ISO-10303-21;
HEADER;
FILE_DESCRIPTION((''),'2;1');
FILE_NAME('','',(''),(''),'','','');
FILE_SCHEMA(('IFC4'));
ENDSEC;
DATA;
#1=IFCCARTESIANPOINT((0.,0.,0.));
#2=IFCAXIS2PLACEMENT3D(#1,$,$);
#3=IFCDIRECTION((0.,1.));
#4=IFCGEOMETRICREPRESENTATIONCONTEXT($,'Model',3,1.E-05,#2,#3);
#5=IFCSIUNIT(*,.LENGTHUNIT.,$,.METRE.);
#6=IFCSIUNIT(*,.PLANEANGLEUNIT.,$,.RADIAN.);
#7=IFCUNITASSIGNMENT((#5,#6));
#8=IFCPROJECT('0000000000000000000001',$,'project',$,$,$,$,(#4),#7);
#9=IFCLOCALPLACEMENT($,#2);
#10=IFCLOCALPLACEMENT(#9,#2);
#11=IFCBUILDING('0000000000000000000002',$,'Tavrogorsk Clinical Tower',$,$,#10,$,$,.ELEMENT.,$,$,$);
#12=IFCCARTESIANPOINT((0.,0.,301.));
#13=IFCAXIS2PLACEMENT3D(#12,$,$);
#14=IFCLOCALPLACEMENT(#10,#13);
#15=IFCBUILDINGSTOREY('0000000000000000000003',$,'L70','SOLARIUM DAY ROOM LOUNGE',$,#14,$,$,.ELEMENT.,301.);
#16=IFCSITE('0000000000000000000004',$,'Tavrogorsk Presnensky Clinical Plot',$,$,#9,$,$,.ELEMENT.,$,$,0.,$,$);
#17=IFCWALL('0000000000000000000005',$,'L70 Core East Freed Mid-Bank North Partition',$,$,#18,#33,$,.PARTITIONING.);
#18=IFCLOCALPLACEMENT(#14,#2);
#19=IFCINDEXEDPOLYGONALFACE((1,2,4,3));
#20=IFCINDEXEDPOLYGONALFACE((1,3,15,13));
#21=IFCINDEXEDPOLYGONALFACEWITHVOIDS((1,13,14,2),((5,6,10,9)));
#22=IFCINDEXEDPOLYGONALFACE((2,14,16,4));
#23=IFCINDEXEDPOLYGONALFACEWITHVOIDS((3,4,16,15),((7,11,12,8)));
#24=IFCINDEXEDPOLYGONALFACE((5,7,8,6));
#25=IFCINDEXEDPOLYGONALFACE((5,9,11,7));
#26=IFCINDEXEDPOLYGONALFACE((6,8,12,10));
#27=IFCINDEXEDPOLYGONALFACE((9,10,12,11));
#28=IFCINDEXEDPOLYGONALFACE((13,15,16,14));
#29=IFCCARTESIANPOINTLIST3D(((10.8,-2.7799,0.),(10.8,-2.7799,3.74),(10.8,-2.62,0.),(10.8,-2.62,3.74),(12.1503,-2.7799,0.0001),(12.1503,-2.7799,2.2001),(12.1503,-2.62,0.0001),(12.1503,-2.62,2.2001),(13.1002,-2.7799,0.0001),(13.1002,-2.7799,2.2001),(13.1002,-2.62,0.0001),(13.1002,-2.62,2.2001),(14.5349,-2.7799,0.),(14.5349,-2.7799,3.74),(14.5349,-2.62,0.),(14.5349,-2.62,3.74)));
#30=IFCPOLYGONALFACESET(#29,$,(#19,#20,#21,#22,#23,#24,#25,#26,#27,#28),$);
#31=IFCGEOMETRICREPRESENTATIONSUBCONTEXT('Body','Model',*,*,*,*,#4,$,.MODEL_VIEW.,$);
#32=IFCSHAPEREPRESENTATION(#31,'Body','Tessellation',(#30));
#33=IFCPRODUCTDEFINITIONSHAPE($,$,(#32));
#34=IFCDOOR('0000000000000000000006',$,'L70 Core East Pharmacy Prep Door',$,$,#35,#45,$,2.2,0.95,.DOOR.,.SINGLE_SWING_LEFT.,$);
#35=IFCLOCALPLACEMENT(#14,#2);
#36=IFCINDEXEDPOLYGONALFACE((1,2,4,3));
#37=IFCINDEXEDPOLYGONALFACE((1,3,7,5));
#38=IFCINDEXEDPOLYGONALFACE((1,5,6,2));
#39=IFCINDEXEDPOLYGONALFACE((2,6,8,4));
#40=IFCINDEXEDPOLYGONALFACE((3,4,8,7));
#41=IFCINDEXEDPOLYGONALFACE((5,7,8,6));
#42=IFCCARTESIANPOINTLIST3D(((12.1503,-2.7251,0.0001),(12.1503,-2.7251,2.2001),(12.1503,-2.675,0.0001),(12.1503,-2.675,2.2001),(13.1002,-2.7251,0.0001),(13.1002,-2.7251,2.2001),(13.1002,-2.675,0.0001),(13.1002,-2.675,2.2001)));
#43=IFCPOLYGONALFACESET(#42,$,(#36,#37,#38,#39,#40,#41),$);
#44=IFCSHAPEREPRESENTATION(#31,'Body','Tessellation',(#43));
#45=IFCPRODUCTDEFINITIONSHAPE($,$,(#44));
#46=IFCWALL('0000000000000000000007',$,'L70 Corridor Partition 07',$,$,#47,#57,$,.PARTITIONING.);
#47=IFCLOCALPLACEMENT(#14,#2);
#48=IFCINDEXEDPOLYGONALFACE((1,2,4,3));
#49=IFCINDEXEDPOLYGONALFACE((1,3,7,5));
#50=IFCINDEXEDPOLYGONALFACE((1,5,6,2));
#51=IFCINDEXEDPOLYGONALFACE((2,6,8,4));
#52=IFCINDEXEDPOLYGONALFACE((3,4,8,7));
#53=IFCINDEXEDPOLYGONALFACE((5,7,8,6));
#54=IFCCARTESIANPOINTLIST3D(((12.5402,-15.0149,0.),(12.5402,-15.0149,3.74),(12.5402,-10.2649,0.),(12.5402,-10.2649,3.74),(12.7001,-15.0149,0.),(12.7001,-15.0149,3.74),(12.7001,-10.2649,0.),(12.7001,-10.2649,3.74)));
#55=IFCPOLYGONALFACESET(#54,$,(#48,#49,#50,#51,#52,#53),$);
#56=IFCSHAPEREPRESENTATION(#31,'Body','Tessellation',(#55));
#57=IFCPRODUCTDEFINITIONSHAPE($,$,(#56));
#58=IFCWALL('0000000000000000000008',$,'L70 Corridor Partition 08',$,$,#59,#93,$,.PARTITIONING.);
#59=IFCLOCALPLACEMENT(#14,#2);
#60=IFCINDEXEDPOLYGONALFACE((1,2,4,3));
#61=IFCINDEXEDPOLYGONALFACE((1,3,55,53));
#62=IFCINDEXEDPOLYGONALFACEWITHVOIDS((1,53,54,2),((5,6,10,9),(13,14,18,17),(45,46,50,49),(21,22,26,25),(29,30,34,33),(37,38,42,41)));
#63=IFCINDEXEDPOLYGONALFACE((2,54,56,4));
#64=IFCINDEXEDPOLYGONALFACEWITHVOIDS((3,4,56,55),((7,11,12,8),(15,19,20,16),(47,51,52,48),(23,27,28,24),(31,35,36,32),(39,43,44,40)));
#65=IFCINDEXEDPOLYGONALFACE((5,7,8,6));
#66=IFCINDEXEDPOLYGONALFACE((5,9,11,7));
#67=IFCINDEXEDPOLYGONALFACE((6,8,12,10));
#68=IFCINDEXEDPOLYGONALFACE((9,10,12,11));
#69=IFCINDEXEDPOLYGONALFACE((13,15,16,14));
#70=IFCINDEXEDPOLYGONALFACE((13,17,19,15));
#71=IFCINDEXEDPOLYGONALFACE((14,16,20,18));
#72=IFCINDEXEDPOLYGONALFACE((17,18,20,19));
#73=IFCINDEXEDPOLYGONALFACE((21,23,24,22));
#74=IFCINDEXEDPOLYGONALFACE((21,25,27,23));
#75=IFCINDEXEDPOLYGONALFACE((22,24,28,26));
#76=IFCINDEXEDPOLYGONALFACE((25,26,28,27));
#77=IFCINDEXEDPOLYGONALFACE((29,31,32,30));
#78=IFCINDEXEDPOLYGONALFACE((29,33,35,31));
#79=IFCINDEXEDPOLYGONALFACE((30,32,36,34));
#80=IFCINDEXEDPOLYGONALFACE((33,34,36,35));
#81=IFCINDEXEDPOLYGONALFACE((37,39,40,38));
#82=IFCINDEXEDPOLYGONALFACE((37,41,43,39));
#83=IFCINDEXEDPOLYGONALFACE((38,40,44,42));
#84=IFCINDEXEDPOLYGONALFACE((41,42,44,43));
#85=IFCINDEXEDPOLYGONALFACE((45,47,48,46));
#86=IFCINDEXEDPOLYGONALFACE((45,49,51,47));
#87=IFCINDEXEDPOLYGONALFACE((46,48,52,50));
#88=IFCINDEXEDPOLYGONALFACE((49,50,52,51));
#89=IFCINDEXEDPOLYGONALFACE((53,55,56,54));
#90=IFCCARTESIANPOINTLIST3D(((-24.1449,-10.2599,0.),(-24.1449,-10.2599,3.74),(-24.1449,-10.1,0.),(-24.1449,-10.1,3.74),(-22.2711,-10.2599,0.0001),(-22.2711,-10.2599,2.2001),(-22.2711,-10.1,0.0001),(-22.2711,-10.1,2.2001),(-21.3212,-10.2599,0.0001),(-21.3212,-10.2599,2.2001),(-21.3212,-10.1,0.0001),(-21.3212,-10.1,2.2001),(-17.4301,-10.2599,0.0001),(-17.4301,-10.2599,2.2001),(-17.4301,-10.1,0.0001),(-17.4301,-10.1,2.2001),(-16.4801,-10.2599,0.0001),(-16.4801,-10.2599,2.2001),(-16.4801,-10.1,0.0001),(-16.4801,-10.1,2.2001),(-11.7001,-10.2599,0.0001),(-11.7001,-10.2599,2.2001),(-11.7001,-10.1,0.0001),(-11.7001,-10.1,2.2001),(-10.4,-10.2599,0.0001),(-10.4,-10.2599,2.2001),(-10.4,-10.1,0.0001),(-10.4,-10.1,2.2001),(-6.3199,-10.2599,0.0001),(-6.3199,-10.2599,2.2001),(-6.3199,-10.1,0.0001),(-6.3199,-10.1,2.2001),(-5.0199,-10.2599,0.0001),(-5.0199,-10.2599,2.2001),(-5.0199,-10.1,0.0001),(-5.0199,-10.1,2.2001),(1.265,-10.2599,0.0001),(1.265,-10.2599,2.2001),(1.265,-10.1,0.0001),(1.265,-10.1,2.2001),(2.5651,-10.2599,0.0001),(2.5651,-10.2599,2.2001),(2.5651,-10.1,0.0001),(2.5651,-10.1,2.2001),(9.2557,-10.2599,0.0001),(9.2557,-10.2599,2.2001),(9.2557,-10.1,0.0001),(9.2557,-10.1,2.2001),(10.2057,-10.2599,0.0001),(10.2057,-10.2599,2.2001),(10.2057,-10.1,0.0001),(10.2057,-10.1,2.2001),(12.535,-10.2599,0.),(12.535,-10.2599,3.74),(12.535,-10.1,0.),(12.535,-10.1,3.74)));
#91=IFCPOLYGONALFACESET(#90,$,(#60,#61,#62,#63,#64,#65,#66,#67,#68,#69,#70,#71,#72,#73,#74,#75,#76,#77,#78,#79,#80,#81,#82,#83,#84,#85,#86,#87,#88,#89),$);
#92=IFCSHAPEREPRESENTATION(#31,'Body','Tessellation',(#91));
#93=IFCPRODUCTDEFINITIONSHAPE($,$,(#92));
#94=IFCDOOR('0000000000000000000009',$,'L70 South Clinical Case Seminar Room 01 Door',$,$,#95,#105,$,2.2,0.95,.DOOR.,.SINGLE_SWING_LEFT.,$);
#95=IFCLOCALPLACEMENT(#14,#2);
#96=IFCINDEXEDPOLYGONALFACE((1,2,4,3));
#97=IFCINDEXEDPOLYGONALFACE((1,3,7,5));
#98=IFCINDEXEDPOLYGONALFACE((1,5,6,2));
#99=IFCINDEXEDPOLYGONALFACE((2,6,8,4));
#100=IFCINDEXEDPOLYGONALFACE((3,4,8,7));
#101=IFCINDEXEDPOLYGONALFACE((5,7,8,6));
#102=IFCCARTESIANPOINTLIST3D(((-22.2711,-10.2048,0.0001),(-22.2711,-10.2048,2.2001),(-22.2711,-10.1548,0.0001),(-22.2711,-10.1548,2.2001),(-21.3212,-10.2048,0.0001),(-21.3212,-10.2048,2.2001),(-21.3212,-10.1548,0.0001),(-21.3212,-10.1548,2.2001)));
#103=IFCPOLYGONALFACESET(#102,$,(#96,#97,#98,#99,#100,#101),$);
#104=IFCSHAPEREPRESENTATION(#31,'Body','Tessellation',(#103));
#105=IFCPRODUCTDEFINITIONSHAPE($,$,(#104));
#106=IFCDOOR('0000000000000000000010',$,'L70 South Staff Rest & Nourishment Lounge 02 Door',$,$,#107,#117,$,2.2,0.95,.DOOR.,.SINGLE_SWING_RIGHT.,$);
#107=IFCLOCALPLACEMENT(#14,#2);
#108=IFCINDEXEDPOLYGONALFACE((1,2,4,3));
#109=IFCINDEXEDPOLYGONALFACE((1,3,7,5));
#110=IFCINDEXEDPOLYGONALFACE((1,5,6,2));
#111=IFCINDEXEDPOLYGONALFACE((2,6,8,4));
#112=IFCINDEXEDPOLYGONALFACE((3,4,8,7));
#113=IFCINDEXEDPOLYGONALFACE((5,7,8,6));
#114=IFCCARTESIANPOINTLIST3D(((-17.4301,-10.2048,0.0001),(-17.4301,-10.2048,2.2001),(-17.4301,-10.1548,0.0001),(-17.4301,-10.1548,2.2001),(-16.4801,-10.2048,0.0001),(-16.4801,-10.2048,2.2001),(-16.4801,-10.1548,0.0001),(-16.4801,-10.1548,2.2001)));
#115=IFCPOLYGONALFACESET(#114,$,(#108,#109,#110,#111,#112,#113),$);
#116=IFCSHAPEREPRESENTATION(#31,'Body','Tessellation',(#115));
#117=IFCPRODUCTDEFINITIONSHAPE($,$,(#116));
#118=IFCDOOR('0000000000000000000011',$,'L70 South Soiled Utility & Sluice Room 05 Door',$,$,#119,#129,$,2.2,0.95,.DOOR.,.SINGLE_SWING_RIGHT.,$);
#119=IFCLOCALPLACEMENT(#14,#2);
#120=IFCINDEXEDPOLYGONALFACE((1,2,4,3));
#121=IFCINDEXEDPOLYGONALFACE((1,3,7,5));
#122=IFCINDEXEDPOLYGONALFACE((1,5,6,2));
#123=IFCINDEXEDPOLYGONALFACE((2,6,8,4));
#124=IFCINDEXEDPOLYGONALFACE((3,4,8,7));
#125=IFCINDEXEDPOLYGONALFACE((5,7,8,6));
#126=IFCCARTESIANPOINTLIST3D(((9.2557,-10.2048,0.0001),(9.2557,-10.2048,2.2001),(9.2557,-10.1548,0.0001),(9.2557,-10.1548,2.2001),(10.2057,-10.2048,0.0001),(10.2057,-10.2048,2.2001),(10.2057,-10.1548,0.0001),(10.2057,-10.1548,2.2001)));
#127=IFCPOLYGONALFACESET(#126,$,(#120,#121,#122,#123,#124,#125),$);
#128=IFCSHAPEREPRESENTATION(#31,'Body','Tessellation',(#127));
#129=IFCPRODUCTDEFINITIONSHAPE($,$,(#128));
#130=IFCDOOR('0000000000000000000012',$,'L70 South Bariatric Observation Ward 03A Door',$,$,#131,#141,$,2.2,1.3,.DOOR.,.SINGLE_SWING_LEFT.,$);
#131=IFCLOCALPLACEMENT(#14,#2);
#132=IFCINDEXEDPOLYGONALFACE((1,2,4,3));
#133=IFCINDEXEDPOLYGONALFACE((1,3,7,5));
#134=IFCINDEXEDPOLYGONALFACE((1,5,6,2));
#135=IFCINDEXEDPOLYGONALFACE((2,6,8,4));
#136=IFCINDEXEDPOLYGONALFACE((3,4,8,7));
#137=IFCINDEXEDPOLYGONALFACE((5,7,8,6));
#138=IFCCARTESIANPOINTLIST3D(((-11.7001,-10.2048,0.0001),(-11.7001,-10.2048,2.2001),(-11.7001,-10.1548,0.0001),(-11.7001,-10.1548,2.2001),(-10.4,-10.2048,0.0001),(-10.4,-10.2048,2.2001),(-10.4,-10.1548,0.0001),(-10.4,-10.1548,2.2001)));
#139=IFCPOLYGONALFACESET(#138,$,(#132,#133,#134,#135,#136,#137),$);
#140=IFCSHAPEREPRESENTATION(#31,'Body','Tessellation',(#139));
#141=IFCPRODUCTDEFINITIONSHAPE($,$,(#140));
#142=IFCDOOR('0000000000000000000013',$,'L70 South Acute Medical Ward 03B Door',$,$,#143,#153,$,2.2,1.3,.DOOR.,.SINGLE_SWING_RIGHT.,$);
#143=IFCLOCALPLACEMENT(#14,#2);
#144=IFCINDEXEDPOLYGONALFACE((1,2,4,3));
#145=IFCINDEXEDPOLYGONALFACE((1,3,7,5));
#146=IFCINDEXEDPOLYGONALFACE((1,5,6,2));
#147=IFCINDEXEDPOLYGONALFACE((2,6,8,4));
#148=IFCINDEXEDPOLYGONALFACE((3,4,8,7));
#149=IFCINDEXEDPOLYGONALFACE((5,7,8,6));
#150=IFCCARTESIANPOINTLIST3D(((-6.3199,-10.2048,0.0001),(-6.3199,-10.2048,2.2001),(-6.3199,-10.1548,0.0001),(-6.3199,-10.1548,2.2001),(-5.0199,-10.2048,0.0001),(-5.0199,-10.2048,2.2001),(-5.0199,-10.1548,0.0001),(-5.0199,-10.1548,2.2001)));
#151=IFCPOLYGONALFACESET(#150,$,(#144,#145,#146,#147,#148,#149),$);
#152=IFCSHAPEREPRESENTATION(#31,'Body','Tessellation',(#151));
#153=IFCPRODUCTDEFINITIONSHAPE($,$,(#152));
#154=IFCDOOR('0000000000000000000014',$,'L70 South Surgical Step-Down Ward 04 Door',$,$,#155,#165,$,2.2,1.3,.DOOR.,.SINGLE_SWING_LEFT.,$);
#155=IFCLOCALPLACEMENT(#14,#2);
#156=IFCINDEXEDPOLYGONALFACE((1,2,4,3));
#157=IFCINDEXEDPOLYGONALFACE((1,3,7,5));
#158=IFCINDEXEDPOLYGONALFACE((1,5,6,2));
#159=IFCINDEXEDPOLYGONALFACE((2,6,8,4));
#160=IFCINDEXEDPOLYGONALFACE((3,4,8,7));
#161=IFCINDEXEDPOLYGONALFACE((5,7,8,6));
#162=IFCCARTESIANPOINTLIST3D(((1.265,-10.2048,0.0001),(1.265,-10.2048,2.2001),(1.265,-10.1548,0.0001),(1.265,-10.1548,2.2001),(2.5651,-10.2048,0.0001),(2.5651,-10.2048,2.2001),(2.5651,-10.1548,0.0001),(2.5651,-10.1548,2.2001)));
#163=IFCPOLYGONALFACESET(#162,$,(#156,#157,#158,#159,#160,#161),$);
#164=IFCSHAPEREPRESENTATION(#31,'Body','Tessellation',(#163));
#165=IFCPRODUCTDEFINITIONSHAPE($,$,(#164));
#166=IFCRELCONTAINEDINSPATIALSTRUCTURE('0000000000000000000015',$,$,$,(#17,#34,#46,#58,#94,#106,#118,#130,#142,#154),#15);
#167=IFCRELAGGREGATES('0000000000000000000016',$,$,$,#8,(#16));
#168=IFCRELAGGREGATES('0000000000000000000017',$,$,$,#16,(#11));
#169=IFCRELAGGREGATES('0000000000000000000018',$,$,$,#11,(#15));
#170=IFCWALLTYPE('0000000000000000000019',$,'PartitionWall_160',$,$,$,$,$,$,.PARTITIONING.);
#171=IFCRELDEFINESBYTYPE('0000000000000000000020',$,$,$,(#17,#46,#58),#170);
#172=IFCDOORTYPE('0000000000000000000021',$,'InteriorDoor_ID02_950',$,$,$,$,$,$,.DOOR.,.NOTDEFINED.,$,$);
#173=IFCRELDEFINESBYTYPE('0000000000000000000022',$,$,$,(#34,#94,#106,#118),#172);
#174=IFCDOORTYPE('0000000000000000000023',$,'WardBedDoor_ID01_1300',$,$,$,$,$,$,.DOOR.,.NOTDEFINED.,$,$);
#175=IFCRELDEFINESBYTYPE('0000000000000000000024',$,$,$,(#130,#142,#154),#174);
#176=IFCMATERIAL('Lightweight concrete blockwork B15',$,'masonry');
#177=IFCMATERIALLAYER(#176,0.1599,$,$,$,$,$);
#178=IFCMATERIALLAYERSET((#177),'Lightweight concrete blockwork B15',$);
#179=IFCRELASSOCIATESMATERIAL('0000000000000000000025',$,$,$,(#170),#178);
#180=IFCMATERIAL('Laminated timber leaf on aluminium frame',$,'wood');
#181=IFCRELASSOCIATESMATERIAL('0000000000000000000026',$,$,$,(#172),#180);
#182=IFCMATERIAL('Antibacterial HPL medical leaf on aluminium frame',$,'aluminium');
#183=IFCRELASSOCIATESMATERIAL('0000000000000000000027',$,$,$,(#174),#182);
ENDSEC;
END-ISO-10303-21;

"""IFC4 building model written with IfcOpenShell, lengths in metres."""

from ifc_helpers import new_model, si_unit, direction, frame, frame_2d, origin, place, context, subcontext, project, spatial, rectangle, extrude, material, layer, layer_set, type_object, element, fill, save


model = new_model("IFC4")

# Units and contexts
model_context = context("Model", 3, precision=1e-05, world=origin(), true_north=direction((0.0, 1.0)))
body_context = subcontext(model_context, "Body", "Model", "MODEL_VIEW")
ifc_project = project(units=[si_unit("LENGTHUNIT", "METRE"), si_unit("PLANEANGLEUNIT", "RADIAN")], contexts=[model_context])

# Site, building, storey
site_placement = place(None, origin())
site = spatial("IfcSite", under=ifc_project, at=site_placement, Name="Tavrogorsk Presnensky Clinical Plot", CompositionType="ELEMENT", RefElevation=0.0)
building_placement = place(site_placement, origin())
building = spatial("IfcBuilding", under=site, at=building_placement, Name="Tavrogorsk Clinical Tower", CompositionType="ELEMENT")
storey_placement = place(building_placement, frame((0.0, 0.0, 301.0)))
storey = spatial("IfcBuildingStorey", under=building, at=storey_placement, Name="L70", Description="SOLARIUM DAY ROOM LOUNGE", CompositionType="ELEMENT", Elevation=301.0)

# Wall, opening, door
ifc_material_1 = material(Name="Lightweight concrete blockwork B15", Category="masonry")
ifc_layer_1 = layer(ifc_material_1, 0.1599)
ifc_layer_set_1 = layer_set([ifc_layer_1], Name="Lightweight concrete blockwork B15")
wall_type_1 = type_object("IfcWallType", Name="PartitionWall_160", PredefinedType="PARTITIONING", material=ifc_layer_set_1)
wall_1_placement = place(storey_placement, frame((10.8, -2.7, 0.0), z_axis=(0.0, 0.0, 1.0), x_axis=(1.0, 0.0, 0.0)))
wall_1 = element("IfcWall", 1, at=wall_1_placement, inside=storey, type_object=wall_type_1, Name="L70 Core East Freed Mid-Bank North Partition", PredefinedType="PARTITIONING", context=body_context, shape_type="SweptSolid", body=[
    extrude(rectangle(XDim=3.7349, YDim=0.1599, at=frame_2d((1.8674, 0.0))), origin(), (0.0, 0.0, 1.0), 3.74),
])
opening_1_placement = place(wall_1_placement, frame((1.3501, 0.0, 0.0)))
opening_1 = element("IfcOpeningElement", 2, at=opening_1_placement, cuts=wall_1, PredefinedType="OPENING", context=body_context, shape_type="SweptSolid", body=[
    extrude(rectangle(XDim=0.95, YDim=2.2, at=frame_2d((0.4751, 1.1001))), frame((0.0, 0.0898, 0.0), z_axis=(0.0, -1.0, 0.0), x_axis=(1.0, 0.0, 0.0)), (0.0, 0.0, 1.0), 0.1799),
])
ifc_material_2 = material(Name="Laminated timber leaf on aluminium frame", Category="wood")
door_type_1 = type_object("IfcDoorType", Name="InteriorDoor_ID02_950", OperationType="NOTDEFINED", PredefinedType="DOOR", material=ifc_material_2)
door_1_placement = place(opening_1_placement, origin())
door_1 = element("IfcDoor", 3, at=door_1_placement, inside=storey, type_object=door_type_1, Name="L70 Core East Pharmacy Prep Door", OperationType="SINGLE_SWING_LEFT", OverallHeight=2.2, OverallWidth=0.95, PredefinedType="DOOR", context=body_context, shape_type="SweptSolid", body=[
    extrude(rectangle(XDim=0.95, YDim=2.2, at=frame_2d((0.4751, 1.1001))), frame((0.0, 0.0249, 0.0), z_axis=(0.0, -1.0, 0.0), x_axis=(1.0, 0.0, 0.0)), (0.0, 0.0, 1.0), 0.05),
])
fill(opening_1, door_1)

# Wall
wall_2_placement = place(storey_placement, frame((12.6201, -15.0149, 0.0), z_axis=(0.0, 0.0, 1.0), x_axis=(0.0, 1.0, 0.0)))
element("IfcWall", 4, at=wall_2_placement, inside=storey, type_object=wall_type_1, Name="L70 Corridor Partition 07", PredefinedType="PARTITIONING", context=body_context, shape_type="SweptSolid", body=[
    extrude(rectangle(XDim=4.75, YDim=0.1599, at=frame_2d((2.375, 0.0))), origin(), (0.0, 0.0, 1.0), 3.74),
])

# Wall, openings, doors
wall_3_placement = place(storey_placement, frame((12.5349, -10.1799, 0.0), z_axis=(0.0, 0.0, 1.0), x_axis=(-1.0, 0.0, 0.0)))
wall_3 = element("IfcWall", 5, at=wall_3_placement, inside=storey, type_object=wall_type_1, Name="L70 Corridor Partition 08", PredefinedType="PARTITIONING", context=body_context, shape_type="SweptSolid", body=[
    extrude(rectangle(XDim=36.6799, YDim=0.1599, at=frame_2d((18.3398, 0.0))), origin(), (0.0, 0.0, 1.0), 3.74),
])
opening_2_placement = place(wall_3_placement, frame((33.856, 0.0, 0.0)))
opening_2 = element("IfcOpeningElement", 6, at=opening_2_placement, cuts=wall_3, PredefinedType="OPENING", context=body_context, shape_type="SweptSolid", body=[
    extrude(rectangle(XDim=0.95, YDim=2.2, at=frame_2d((0.4751, 1.1001))), frame((0.0, 0.0898, 0.0), z_axis=(0.0, -1.0, 0.0), x_axis=(1.0, 0.0, 0.0)), (0.0, 0.0, 1.0), 0.1799),
])
opening_3_placement = place(wall_3_placement, frame((29.0149, 0.0, 0.0)))
opening_3 = element("IfcOpeningElement", 7, at=opening_3_placement, cuts=wall_3, PredefinedType="OPENING", context=body_context, shape_type="SweptSolid", body=[
    extrude(rectangle(XDim=0.95, YDim=2.2, at=frame_2d((0.4751, 1.1001))), frame((0.0, 0.0898, 0.0), z_axis=(0.0, -1.0, 0.0), x_axis=(1.0, 0.0, 0.0)), (0.0, 0.0, 1.0), 0.1799),
])
opening_4_placement = place(wall_3_placement, frame((22.9351, 0.0, 0.0)))
opening_4 = element("IfcOpeningElement", 8, at=opening_4_placement, cuts=wall_3, PredefinedType="OPENING", context=body_context, shape_type="SweptSolid", body=[
    extrude(rectangle(XDim=1.3, YDim=2.2, at=frame_2d((0.6499, 1.1001))), frame((0.0, 0.0898, 0.0), z_axis=(0.0, -1.0, 0.0), x_axis=(1.0, 0.0, 0.0)), (0.0, 0.0, 1.0), 0.1799),
])
opening_5_placement = place(wall_3_placement, frame((17.5549, 0.0, 0.0)))
opening_5 = element("IfcOpeningElement", 9, at=opening_5_placement, cuts=wall_3, PredefinedType="OPENING", context=body_context, shape_type="SweptSolid", body=[
    extrude(rectangle(XDim=1.3, YDim=2.2, at=frame_2d((0.6499, 1.1001))), frame((0.0, 0.0898, 0.0), z_axis=(0.0, -1.0, 0.0), x_axis=(1.0, 0.0, 0.0)), (0.0, 0.0, 1.0), 0.1799),
])
opening_6_placement = place(wall_3_placement, frame((9.97, 0.0, 0.0)))
opening_6 = element("IfcOpeningElement", 10, at=opening_6_placement, cuts=wall_3, PredefinedType="OPENING", context=body_context, shape_type="SweptSolid", body=[
    extrude(rectangle(XDim=1.3, YDim=2.2, at=frame_2d((0.6499, 1.1001))), frame((0.0, 0.0898, 0.0), z_axis=(0.0, -1.0, 0.0), x_axis=(1.0, 0.0, 0.0)), (0.0, 0.0, 1.0), 0.1799),
])
opening_7_placement = place(wall_3_placement, frame((2.3291, 0.0, 0.0)))
opening_7 = element("IfcOpeningElement", 11, at=opening_7_placement, cuts=wall_3, PredefinedType="OPENING", context=body_context, shape_type="SweptSolid", body=[
    extrude(rectangle(XDim=0.95, YDim=2.2, at=frame_2d((0.4751, 1.1001))), frame((0.0, 0.0898, 0.0), z_axis=(0.0, -1.0, 0.0), x_axis=(1.0, 0.0, 0.0)), (0.0, 0.0, 1.0), 0.1799),
])
door_2_placement = place(opening_2_placement, origin())
door_2 = element("IfcDoor", 12, at=door_2_placement, inside=storey, type_object=door_type_1, Name="L70 South Clinical Case Seminar Room 01 Door", OperationType="SINGLE_SWING_LEFT", OverallHeight=2.2, OverallWidth=0.95, PredefinedType="DOOR", context=body_context, shape_type="SweptSolid", body=[
    extrude(rectangle(XDim=0.95, YDim=2.2, at=frame_2d((0.4751, 1.1001))), frame((0.0, 0.0249, 0.0), z_axis=(0.0, -1.0, 0.0), x_axis=(1.0, 0.0, 0.0)), (0.0, 0.0, 1.0), 0.05),
])
fill(opening_2, door_2)
door_3_placement = place(opening_3_placement, origin())
door_3 = element("IfcDoor", 13, at=door_3_placement, inside=storey, type_object=door_type_1, Name="L70 South Staff Rest & Nourishment Lounge 02 Door", OperationType="SINGLE_SWING_RIGHT", OverallHeight=2.2, OverallWidth=0.95, PredefinedType="DOOR", context=body_context, shape_type="SweptSolid", body=[
    extrude(rectangle(XDim=0.95, YDim=2.2, at=frame_2d((0.4751, 1.1001))), frame((0.0, 0.0249, 0.0), z_axis=(0.0, -1.0, 0.0), x_axis=(1.0, 0.0, 0.0)), (0.0, 0.0, 1.0), 0.05),
])
fill(opening_3, door_3)
door_4_placement = place(opening_7_placement, origin())
door_4 = element("IfcDoor", 14, at=door_4_placement, inside=storey, type_object=door_type_1, Name="L70 South Soiled Utility & Sluice Room 05 Door", OperationType="SINGLE_SWING_RIGHT", OverallHeight=2.2, OverallWidth=0.95, PredefinedType="DOOR", context=body_context, shape_type="SweptSolid", body=[
    extrude(rectangle(XDim=0.95, YDim=2.2, at=frame_2d((0.4751, 1.1001))), frame((0.0, 0.0249, 0.0), z_axis=(0.0, -1.0, 0.0), x_axis=(1.0, 0.0, 0.0)), (0.0, 0.0, 1.0), 0.05),
])
fill(opening_7, door_4)
ifc_material_3 = material(Name="Antibacterial HPL medical leaf on aluminium frame", Category="aluminium")
door_type_2 = type_object("IfcDoorType", Name="WardBedDoor_ID01_1300", OperationType="NOTDEFINED", PredefinedType="DOOR", material=ifc_material_3)
door_5_placement = place(opening_4_placement, origin())
door_5 = element("IfcDoor", 15, at=door_5_placement, inside=storey, type_object=door_type_2, Name="L70 South Bariatric Observation Ward 03A Door", OperationType="SINGLE_SWING_LEFT", OverallHeight=2.2, OverallWidth=1.3, PredefinedType="DOOR", context=body_context, shape_type="SweptSolid", body=[
    extrude(rectangle(XDim=1.3, YDim=2.2, at=frame_2d((0.6499, 1.1001))), frame((0.0, 0.0249, 0.0), z_axis=(0.0, -1.0, 0.0), x_axis=(1.0, 0.0, 0.0)), (0.0, 0.0, 1.0), 0.05),
])
fill(opening_4, door_5)
door_6_placement = place(opening_5_placement, origin())
door_6 = element("IfcDoor", 16, at=door_6_placement, inside=storey, type_object=door_type_2, Name="L70 South Acute Medical Ward 03B Door", OperationType="SINGLE_SWING_RIGHT", OverallHeight=2.2, OverallWidth=1.3, PredefinedType="DOOR", context=body_context, shape_type="SweptSolid", body=[
    extrude(rectangle(XDim=1.3, YDim=2.2, at=frame_2d((0.6499, 1.1001))), frame((0.0, 0.0249, 0.0), z_axis=(0.0, -1.0, 0.0), x_axis=(1.0, 0.0, 0.0)), (0.0, 0.0, 1.0), 0.05),
])
fill(opening_5, door_6)
door_7_placement = place(opening_6_placement, origin())
door_7 = element("IfcDoor", 17, at=door_7_placement, inside=storey, type_object=door_type_2, Name="L70 South Surgical Step-Down Ward 04 Door", OperationType="SINGLE_SWING_LEFT", OverallHeight=2.2, OverallWidth=1.3, PredefinedType="DOOR", context=body_context, shape_type="SweptSolid", body=[
    extrude(rectangle(XDim=1.3, YDim=2.2, at=frame_2d((0.6499, 1.1001))), frame((0.0, 0.0249, 0.0), z_axis=(0.0, -1.0, 0.0), x_axis=(1.0, 0.0, 0.0)), (0.0, 0.0, 1.0), 0.05),
])
fill(opening_6, door_7)

save(model, "model.ifc")
